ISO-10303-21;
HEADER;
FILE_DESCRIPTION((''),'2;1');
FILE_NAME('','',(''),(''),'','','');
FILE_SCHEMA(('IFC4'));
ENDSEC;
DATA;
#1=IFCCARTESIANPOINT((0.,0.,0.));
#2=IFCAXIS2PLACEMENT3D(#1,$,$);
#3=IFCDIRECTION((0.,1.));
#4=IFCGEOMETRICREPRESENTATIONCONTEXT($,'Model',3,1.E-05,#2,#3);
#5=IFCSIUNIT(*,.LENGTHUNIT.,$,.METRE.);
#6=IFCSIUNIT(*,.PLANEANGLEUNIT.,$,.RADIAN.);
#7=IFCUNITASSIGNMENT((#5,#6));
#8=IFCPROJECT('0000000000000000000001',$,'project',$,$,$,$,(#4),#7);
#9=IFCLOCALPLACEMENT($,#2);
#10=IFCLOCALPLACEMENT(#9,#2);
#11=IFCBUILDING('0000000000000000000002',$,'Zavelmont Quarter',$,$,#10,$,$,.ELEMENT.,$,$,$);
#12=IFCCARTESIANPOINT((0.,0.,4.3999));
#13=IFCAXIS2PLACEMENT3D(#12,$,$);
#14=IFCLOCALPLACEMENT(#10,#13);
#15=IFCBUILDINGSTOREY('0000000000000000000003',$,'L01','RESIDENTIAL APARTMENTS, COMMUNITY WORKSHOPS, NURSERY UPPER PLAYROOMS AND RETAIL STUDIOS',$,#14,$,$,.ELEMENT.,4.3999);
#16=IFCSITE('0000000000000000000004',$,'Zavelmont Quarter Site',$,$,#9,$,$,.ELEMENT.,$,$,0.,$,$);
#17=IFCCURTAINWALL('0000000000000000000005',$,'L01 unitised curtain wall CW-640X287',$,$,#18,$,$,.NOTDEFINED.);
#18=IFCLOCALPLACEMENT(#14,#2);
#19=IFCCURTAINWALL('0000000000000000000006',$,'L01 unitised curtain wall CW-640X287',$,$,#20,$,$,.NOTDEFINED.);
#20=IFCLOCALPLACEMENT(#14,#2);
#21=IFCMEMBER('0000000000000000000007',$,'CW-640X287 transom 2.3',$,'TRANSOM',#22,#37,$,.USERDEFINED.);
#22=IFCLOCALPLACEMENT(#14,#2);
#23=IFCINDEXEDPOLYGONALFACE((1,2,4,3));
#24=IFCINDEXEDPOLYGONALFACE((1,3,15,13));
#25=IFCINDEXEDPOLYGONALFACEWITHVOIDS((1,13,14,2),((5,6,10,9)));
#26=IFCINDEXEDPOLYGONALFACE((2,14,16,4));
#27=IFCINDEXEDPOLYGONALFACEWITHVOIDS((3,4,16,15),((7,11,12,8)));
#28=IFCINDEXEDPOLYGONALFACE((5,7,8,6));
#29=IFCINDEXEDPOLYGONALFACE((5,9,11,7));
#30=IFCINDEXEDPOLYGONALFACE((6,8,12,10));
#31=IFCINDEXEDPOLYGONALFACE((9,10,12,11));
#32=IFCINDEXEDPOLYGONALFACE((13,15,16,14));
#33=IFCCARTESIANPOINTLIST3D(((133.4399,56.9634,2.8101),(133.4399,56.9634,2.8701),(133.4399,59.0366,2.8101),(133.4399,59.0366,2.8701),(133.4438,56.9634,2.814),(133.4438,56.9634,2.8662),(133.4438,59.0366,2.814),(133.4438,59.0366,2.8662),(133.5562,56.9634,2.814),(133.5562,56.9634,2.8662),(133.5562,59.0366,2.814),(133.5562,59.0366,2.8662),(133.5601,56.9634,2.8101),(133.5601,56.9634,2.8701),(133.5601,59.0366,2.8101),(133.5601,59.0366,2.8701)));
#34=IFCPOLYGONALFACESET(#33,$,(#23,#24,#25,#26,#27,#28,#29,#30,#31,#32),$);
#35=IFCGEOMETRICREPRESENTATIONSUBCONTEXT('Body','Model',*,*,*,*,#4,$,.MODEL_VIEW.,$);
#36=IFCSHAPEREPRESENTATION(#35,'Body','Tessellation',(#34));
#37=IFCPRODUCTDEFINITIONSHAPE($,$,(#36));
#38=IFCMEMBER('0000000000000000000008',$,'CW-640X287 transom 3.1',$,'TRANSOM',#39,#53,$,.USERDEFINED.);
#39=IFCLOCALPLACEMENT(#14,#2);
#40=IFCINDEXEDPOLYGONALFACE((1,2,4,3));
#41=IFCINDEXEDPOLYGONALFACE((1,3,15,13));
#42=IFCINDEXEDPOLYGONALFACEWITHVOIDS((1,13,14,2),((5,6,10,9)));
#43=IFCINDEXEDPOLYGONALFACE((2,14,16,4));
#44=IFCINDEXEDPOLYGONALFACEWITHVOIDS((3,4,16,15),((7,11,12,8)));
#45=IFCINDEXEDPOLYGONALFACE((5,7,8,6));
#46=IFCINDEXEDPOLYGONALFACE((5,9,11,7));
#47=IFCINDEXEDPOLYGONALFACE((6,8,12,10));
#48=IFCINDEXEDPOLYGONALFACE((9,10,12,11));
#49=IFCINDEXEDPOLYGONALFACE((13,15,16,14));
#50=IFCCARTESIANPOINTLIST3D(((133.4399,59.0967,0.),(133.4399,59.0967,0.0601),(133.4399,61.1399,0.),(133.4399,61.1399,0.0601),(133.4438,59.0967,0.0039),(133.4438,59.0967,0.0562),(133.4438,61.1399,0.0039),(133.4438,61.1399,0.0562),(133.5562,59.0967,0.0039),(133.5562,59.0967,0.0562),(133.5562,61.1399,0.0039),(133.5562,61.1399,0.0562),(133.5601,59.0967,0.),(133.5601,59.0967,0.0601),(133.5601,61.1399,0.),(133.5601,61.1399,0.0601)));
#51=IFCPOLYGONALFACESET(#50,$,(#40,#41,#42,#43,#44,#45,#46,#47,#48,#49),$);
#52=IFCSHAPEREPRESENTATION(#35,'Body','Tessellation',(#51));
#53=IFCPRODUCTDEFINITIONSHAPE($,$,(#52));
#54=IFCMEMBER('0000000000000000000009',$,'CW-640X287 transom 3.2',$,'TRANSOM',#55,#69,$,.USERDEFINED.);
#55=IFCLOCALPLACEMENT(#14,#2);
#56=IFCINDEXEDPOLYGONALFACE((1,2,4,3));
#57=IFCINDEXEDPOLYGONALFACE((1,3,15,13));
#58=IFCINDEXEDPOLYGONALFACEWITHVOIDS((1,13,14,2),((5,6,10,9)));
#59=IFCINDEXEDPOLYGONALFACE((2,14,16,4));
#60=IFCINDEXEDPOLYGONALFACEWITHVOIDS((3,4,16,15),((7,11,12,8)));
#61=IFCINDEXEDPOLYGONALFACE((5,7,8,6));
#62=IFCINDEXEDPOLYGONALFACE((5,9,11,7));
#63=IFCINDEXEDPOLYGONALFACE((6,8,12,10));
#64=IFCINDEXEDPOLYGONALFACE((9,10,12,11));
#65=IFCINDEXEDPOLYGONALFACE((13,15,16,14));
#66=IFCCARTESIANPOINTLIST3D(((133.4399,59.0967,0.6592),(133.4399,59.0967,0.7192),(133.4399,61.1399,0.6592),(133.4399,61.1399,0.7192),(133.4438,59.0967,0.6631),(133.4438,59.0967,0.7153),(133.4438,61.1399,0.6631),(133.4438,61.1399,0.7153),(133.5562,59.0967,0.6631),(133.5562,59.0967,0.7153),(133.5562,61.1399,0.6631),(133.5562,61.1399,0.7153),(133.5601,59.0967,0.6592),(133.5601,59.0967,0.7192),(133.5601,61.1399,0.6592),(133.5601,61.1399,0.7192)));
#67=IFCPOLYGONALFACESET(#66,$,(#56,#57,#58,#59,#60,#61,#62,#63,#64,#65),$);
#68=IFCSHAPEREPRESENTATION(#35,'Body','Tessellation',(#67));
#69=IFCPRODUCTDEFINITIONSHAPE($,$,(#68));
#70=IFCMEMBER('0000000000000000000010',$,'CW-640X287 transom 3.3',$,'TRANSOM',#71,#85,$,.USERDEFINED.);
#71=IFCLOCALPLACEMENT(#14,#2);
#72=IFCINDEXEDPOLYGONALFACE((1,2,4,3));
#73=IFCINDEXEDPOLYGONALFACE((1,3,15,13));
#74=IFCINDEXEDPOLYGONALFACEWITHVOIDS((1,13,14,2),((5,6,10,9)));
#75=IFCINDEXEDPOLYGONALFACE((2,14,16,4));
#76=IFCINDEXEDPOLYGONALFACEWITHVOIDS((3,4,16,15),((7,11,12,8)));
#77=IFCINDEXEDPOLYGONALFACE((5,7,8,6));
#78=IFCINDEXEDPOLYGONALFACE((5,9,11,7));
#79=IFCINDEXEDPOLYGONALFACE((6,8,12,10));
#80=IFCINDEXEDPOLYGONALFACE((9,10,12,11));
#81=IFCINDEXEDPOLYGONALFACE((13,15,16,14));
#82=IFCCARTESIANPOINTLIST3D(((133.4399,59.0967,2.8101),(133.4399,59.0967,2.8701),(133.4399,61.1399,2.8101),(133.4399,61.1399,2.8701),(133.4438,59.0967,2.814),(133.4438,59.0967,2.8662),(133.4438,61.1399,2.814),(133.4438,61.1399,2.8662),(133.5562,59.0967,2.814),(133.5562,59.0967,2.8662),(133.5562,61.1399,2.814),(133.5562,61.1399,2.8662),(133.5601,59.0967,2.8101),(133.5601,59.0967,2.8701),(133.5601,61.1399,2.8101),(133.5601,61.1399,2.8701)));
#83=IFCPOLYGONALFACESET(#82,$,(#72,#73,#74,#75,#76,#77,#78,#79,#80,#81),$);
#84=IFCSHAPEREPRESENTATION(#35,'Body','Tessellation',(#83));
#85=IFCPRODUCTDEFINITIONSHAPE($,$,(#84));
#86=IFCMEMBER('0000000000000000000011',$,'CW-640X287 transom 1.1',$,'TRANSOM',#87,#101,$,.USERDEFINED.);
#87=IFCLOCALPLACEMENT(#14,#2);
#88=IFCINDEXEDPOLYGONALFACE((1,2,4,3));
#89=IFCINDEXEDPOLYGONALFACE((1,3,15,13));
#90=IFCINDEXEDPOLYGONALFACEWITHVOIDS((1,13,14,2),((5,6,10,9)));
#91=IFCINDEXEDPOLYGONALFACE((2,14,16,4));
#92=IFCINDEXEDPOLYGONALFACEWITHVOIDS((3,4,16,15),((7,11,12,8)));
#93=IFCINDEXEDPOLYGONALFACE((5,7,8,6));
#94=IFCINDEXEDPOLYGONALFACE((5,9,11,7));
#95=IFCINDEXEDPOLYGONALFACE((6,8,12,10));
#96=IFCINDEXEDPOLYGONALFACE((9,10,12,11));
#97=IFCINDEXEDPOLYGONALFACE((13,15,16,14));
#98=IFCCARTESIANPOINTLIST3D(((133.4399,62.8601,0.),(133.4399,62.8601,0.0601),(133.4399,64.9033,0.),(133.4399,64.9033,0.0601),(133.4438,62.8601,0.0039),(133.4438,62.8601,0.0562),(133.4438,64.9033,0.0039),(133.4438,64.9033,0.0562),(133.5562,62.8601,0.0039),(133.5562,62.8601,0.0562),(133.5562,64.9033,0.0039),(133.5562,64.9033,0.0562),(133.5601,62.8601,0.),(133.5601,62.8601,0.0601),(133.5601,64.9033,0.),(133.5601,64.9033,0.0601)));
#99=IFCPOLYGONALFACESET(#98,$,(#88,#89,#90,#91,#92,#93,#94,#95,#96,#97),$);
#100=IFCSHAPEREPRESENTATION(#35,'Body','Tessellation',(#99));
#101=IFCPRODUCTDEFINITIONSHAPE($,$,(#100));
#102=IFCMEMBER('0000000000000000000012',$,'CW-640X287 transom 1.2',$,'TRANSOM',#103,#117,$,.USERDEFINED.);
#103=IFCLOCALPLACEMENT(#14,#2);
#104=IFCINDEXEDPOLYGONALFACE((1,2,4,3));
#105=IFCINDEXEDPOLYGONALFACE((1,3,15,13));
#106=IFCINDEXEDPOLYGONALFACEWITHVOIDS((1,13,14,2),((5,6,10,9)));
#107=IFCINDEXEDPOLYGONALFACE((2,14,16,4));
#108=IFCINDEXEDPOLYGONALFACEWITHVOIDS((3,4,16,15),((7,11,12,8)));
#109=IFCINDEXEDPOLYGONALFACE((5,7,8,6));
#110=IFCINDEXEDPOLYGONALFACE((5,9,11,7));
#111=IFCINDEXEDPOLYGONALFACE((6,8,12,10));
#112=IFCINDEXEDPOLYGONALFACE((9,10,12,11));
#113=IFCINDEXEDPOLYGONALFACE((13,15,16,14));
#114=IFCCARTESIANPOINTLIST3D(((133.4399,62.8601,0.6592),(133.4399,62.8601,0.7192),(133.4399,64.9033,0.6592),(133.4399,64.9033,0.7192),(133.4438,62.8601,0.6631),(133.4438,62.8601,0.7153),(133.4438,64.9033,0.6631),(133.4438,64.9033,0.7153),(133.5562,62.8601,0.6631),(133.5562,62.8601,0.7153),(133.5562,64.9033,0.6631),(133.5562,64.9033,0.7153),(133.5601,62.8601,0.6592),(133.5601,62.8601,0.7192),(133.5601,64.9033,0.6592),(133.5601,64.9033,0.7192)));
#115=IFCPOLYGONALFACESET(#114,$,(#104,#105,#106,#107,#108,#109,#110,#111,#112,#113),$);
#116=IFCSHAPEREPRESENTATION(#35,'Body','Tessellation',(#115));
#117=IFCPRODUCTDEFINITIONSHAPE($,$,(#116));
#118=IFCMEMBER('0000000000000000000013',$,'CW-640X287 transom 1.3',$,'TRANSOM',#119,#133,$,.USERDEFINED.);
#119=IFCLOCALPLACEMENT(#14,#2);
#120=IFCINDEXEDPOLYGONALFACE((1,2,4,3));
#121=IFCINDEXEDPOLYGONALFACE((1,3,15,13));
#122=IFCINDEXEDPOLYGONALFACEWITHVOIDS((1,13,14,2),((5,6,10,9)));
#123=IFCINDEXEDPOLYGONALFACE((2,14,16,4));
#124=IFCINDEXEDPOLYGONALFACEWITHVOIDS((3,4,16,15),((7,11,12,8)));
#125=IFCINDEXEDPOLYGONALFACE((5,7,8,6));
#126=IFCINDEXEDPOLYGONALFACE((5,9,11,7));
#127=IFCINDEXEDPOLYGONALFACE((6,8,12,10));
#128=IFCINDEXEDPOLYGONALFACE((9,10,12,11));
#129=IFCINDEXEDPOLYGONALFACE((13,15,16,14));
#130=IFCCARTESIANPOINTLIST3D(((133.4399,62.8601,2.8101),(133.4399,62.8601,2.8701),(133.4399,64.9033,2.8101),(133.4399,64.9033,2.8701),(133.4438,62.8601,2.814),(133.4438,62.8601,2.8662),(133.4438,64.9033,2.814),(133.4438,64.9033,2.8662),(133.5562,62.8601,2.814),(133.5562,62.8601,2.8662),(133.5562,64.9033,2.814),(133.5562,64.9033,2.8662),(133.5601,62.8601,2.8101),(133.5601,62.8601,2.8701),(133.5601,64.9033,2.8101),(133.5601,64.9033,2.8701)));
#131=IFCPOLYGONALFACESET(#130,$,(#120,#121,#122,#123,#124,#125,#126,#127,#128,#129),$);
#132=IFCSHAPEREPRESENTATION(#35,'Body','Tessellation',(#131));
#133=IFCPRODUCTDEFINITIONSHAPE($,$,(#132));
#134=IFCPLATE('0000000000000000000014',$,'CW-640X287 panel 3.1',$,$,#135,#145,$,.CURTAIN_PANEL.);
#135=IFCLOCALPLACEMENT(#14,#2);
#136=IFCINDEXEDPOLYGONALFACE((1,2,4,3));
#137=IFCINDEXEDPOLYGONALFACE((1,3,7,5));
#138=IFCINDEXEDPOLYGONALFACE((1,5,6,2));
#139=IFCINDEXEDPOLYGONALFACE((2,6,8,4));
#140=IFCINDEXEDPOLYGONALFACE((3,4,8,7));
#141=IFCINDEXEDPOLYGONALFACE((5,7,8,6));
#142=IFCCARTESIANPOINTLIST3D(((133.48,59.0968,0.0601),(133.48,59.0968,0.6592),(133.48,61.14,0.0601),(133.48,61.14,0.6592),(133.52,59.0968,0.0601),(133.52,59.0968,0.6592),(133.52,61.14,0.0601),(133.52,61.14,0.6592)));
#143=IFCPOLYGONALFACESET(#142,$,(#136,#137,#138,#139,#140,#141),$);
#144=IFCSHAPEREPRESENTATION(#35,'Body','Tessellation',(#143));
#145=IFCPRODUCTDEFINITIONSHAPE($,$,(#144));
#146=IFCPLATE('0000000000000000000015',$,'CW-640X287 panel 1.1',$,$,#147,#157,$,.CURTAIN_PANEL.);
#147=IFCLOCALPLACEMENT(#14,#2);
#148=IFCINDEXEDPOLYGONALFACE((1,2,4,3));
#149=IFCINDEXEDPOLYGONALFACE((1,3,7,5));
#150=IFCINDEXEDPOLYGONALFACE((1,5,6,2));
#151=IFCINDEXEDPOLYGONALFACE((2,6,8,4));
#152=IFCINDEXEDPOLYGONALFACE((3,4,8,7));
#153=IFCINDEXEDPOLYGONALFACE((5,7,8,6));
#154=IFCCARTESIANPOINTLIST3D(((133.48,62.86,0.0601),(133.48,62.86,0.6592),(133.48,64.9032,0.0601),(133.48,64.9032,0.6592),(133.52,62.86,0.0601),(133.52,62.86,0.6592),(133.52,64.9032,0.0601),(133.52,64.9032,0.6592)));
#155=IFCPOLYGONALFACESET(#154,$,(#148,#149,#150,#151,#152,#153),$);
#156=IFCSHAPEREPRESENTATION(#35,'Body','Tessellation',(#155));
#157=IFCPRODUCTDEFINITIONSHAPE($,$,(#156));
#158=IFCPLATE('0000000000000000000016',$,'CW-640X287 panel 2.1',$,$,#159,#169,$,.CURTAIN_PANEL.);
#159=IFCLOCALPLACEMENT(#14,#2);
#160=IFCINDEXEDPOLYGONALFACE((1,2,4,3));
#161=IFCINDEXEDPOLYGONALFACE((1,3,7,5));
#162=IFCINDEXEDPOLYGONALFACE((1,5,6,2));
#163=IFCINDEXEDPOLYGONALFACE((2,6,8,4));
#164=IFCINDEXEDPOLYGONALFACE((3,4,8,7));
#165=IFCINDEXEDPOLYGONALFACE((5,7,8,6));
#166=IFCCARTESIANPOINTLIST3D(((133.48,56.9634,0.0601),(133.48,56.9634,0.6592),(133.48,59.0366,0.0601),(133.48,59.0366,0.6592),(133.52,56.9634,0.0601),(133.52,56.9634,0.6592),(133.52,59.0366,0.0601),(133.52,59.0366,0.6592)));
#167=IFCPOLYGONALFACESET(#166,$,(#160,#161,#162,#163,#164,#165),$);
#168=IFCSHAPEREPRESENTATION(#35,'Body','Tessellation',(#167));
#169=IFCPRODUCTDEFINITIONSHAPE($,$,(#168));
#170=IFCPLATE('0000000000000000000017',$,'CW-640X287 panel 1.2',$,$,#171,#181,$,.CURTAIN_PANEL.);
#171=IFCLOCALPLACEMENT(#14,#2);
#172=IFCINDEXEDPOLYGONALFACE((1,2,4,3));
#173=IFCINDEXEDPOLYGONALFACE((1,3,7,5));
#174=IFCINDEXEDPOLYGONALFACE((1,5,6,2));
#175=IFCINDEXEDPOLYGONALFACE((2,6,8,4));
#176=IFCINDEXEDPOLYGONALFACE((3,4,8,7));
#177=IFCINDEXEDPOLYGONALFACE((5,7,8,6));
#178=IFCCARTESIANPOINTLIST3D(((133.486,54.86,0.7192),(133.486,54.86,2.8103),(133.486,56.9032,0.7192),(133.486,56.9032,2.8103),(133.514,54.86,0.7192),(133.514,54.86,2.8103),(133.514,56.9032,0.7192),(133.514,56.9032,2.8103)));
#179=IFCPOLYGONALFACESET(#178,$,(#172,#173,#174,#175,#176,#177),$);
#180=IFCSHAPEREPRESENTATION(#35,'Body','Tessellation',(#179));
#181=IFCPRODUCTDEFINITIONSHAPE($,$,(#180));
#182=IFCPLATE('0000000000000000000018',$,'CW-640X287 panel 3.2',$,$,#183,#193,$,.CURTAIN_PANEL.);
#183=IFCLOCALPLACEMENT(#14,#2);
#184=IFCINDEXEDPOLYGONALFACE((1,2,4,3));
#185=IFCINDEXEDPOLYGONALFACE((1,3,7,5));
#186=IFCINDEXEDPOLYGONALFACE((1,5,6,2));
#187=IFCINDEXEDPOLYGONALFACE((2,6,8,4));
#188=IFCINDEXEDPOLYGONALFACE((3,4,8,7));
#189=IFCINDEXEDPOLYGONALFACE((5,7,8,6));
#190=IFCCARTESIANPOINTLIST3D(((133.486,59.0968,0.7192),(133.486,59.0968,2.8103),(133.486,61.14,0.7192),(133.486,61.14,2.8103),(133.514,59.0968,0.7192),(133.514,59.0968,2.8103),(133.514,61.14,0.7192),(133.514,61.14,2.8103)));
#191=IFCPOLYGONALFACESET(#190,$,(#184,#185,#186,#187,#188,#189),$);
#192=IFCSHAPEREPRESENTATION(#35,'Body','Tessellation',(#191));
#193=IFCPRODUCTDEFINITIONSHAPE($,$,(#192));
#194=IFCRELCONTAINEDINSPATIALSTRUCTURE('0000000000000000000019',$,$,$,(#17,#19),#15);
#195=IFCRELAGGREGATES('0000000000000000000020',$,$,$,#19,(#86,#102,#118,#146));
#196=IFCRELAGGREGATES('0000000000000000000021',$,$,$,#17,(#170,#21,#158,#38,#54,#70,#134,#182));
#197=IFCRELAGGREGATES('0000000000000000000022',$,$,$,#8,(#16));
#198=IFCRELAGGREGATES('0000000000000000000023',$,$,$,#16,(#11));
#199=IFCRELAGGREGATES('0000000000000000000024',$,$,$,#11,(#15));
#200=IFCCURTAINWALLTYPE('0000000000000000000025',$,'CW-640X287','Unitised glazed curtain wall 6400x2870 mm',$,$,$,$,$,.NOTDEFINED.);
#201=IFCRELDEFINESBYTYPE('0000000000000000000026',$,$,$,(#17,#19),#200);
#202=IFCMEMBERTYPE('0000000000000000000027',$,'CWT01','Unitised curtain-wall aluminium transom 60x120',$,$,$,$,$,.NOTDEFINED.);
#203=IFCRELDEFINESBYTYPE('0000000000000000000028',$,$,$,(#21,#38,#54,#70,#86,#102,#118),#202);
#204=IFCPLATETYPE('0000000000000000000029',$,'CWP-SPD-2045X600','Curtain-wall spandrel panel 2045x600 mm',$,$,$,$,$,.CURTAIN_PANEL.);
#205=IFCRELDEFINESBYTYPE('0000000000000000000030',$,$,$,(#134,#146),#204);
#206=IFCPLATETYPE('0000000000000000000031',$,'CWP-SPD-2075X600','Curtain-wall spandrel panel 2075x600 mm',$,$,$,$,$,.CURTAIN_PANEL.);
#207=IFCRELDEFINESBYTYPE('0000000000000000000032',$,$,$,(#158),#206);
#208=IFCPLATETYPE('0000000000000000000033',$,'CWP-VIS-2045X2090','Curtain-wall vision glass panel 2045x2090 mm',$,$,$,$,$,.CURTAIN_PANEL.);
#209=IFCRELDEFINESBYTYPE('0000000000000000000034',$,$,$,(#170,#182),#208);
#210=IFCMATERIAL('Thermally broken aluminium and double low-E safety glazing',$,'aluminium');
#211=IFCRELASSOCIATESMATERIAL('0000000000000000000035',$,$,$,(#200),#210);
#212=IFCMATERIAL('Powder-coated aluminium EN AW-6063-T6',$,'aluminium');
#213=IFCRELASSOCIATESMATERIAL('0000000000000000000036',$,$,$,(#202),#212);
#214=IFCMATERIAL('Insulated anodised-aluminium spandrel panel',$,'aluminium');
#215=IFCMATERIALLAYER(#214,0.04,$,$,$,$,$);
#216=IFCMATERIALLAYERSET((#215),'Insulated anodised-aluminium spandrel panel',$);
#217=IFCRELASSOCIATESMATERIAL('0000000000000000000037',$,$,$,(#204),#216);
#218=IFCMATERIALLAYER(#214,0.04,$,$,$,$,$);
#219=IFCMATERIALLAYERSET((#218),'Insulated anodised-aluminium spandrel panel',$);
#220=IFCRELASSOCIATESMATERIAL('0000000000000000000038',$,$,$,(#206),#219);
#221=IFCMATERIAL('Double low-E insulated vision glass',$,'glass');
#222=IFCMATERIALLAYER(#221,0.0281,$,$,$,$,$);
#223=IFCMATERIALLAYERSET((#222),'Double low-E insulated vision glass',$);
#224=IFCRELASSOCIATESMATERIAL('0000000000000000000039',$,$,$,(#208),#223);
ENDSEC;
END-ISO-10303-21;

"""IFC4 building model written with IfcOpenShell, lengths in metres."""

from ifc_helpers import new_model, si_unit, direction, frame, origin, origin_2d, place, context, subcontext, project, spatial, rectangle, hollow_rectangle, extrude, material, layer, layer_set, material_profile, profile_set, type_object, element, aggregate, save


model = new_model("IFC4")

# Units and contexts
model_context = context("Model", 3, precision=1e-05, world=origin(), true_north=direction((0.0, 1.0)))
body_context = subcontext(model_context, "Body", "Model", "MODEL_VIEW")
ifc_project = project(units=[si_unit("LENGTHUNIT", "METRE"), si_unit("PLANEANGLEUNIT", "RADIAN")], contexts=[model_context])

# Site, building, storey
site_placement = place(None, origin())
site = spatial("IfcSite", under=ifc_project, at=site_placement, Name="Zavelmont Quarter Site", CompositionType="ELEMENT", RefElevation=0.0)
building_placement = place(site_placement, origin())
building = spatial("IfcBuilding", under=site, at=building_placement, Name="Zavelmont Quarter", CompositionType="ELEMENT")
storey_placement = place(building_placement, frame((0.0, 0.0, 4.3999)))
storey = spatial("IfcBuildingStorey", under=building, at=storey_placement, Name="L01", Description="RESIDENTIAL APARTMENTS, COMMUNITY WORKSHOPS, NURSERY UPPER PLAYROOMS AND RETAIL STUDIOS", CompositionType="ELEMENT", Elevation=4.3999)

# Curtain wall
ifc_material_1 = material(Name="Thermally broken aluminium and double low-E safety glazing", Category="aluminium")
curtain_wall_type = type_object("IfcCurtainWallType", Name="CW-640X287", Description="Unitised glazed curtain wall 6400x2870 mm", PredefinedType="NOTDEFINED", material=ifc_material_1)
curtain_wall_1_placement = place(storey_placement, origin())
curtain_wall_1 = element("IfcCurtainWall", 1, at=curtain_wall_1_placement, inside=storey, type_object=curtain_wall_type, Name="L01 unitised curtain wall CW-640X287", PredefinedType="NOTDEFINED")
ifc_material_2 = material(Name="Powder-coated aluminium EN AW-6063-T6", Category="aluminium")

# Curtain wall
curtain_wall_2_placement = place(storey_placement, origin())
curtain_wall_2 = element("IfcCurtainWall", 2, at=curtain_wall_2_placement, inside=storey, type_object=curtain_wall_type, Name="L01 unitised curtain wall CW-640X287", PredefinedType="NOTDEFINED")

# Members
ifc_material_profile_1 = material_profile(ifc_material_2, hollow_rectangle(XDim=0.1201, YDim=0.0601, WallThickness=0.0039, at=origin_2d()), Name="CWT60X120")
ifc_profile_set_1 = profile_set([ifc_material_profile_1], Name="Powder-coated aluminium EN AW-6063-T6")
member_type_1 = type_object("IfcMemberType", Name="CWT01", Description="Unitised curtain-wall aluminium transom 60x120", PredefinedType="NOTDEFINED", material=ifc_profile_set_1)
member_1_placement = place(storey_placement, frame((133.5, 56.9634, 2.8401), z_axis=(0.0, 1.0, 0.0), x_axis=(-1.0, 0.0, 0.0)))
member_1 = element("IfcMember", 3, at=member_1_placement, type_object=member_type_1, Name="CW-640X287 transom 2.3", ObjectType="TRANSOM", PredefinedType="USERDEFINED", context=body_context, shape_type="SweptSolid", body=[
    extrude(hollow_rectangle(XDim=0.1201, YDim=0.0601, WallThickness=0.0039, at=origin_2d()), origin(), (0.0, 0.0, 1.0), 2.0732),
])
member_2_placement = place(storey_placement, frame((133.5, 59.0967, 0.03), z_axis=(0.0, 1.0, 0.0), x_axis=(-1.0, 0.0, 0.0)))
member_2 = element("IfcMember", 4, at=member_2_placement, type_object=member_type_1, Name="CW-640X287 transom 3.1", ObjectType="TRANSOM", PredefinedType="USERDEFINED", context=body_context, shape_type="SweptSolid", body=[
    extrude(hollow_rectangle(XDim=0.1201, YDim=0.0601, WallThickness=0.0039, at=origin_2d()), origin(), (0.0, 0.0, 1.0), 2.0432),
])
member_3_placement = place(storey_placement, frame((133.5, 59.0967, 0.6892), z_axis=(0.0, 1.0, 0.0), x_axis=(-1.0, 0.0, 0.0)))
member_3 = element("IfcMember", 5, at=member_3_placement, type_object=member_type_1, Name="CW-640X287 transom 3.2", ObjectType="TRANSOM", PredefinedType="USERDEFINED", context=body_context, shape_type="SweptSolid", body=[
    extrude(hollow_rectangle(XDim=0.1201, YDim=0.0601, WallThickness=0.0039, at=origin_2d()), origin(), (0.0, 0.0, 1.0), 2.0432),
])
member_4_placement = place(storey_placement, frame((133.5, 59.0967, 2.8401), z_axis=(0.0, 1.0, 0.0), x_axis=(-1.0, 0.0, 0.0)))
member_4 = element("IfcMember", 6, at=member_4_placement, type_object=member_type_1, Name="CW-640X287 transom 3.3", ObjectType="TRANSOM", PredefinedType="USERDEFINED", context=body_context, shape_type="SweptSolid", body=[
    extrude(hollow_rectangle(XDim=0.1201, YDim=0.0601, WallThickness=0.0039, at=origin_2d()), origin(), (0.0, 0.0, 1.0), 2.0432),
])
member_5_placement = place(storey_placement, frame((133.5, 62.8601, 0.03), z_axis=(0.0, 1.0, 0.0), x_axis=(-1.0, 0.0, 0.0)))
member_5 = element("IfcMember", 7, at=member_5_placement, type_object=member_type_1, Name="CW-640X287 transom 1.1", ObjectType="TRANSOM", PredefinedType="USERDEFINED", context=body_context, shape_type="SweptSolid", body=[
    extrude(hollow_rectangle(XDim=0.1201, YDim=0.0601, WallThickness=0.0039, at=origin_2d()), origin(), (0.0, 0.0, 1.0), 2.0432),
])
member_6_placement = place(storey_placement, frame((133.5, 62.8601, 0.6892), z_axis=(0.0, 1.0, 0.0), x_axis=(-1.0, 0.0, 0.0)))
member_6 = element("IfcMember", 8, at=member_6_placement, type_object=member_type_1, Name="CW-640X287 transom 1.2", ObjectType="TRANSOM", PredefinedType="USERDEFINED", context=body_context, shape_type="SweptSolid", body=[
    extrude(hollow_rectangle(XDim=0.1201, YDim=0.0601, WallThickness=0.0039, at=origin_2d()), origin(), (0.0, 0.0, 1.0), 2.0432),
])
member_7_placement = place(storey_placement, frame((133.5, 62.8601, 2.8401), z_axis=(0.0, 1.0, 0.0), x_axis=(-1.0, 0.0, 0.0)))
member_7 = element("IfcMember", 9, at=member_7_placement, type_object=member_type_1, Name="CW-640X287 transom 1.3", ObjectType="TRANSOM", PredefinedType="USERDEFINED", context=body_context, shape_type="SweptSolid", body=[
    extrude(hollow_rectangle(XDim=0.1201, YDim=0.0601, WallThickness=0.0039, at=origin_2d()), origin(), (0.0, 0.0, 1.0), 2.0432),
])

# Plates
ifc_material_3 = material(Name="Insulated anodised-aluminium spandrel panel", Category="aluminium")
ifc_layer_1 = layer(ifc_material_3, 0.04)
ifc_layer_set_1 = layer_set([ifc_layer_1], Name="Insulated anodised-aluminium spandrel panel")
plate_type_1 = type_object("IfcPlateType", Name="CWP-SPD-2045X600", Description="Curtain-wall spandrel panel 2045x600 mm", PredefinedType="CURTAIN_PANEL", material=ifc_layer_set_1)
plate_1_placement = place(storey_placement, frame((133.5, 60.1184, 0.0601), z_axis=(0.0, 0.0, 1.0), x_axis=(0.0, 1.0, 0.0)))
plate_1 = element("IfcPlate", 10, at=plate_1_placement, type_object=plate_type_1, Name="CW-640X287 panel 3.1", PredefinedType="CURTAIN_PANEL", context=body_context, shape_type="SweptSolid", body=[
    extrude(rectangle(XDim=2.0432, YDim=0.04, at=origin_2d()), origin(), (0.0, 0.0, 1.0), 0.5991),
])
plate_2_placement = place(storey_placement, frame((133.5, 63.8816, 0.0601), z_axis=(0.0, 0.0, 1.0), x_axis=(0.0, 1.0, 0.0)))
plate_2 = element("IfcPlate", 11, at=plate_2_placement, type_object=plate_type_1, Name="CW-640X287 panel 1.1", PredefinedType="CURTAIN_PANEL", context=body_context, shape_type="SweptSolid", body=[
    extrude(rectangle(XDim=2.0432, YDim=0.04, at=origin_2d()), origin(), (0.0, 0.0, 1.0), 0.5991),
])
aggregate(curtain_wall_2, [member_5, member_6, member_7, plate_2])
ifc_layer_2 = layer(ifc_material_3, 0.04)
ifc_layer_set_2 = layer_set([ifc_layer_2], Name="Insulated anodised-aluminium spandrel panel")
plate_type_2 = type_object("IfcPlateType", Name="CWP-SPD-2075X600", Description="Curtain-wall spandrel panel 2075x600 mm", PredefinedType="CURTAIN_PANEL", material=ifc_layer_set_2)
plate_3_placement = place(storey_placement, frame((133.5, 58.0, 0.0601), z_axis=(0.0, 0.0, 1.0), x_axis=(0.0, 1.0, 0.0)))
plate_3 = element("IfcPlate", 12, at=plate_3_placement, type_object=plate_type_2, Name="CW-640X287 panel 2.1", PredefinedType="CURTAIN_PANEL", context=body_context, shape_type="SweptSolid", body=[
    extrude(rectangle(XDim=2.0732, YDim=0.04, at=origin_2d()), origin(), (0.0, 0.0, 1.0), 0.5991),
])
ifc_material_4 = material(Name="Double low-E insulated vision glass", Category="glass")
ifc_layer_3 = layer(ifc_material_4, 0.0281)
ifc_layer_set_3 = layer_set([ifc_layer_3], Name="Double low-E insulated vision glass")
plate_type_3 = type_object("IfcPlateType", Name="CWP-VIS-2045X2090", Description="Curtain-wall vision glass panel 2045x2090 mm", PredefinedType="CURTAIN_PANEL", material=ifc_layer_set_3)
plate_4_placement = place(storey_placement, frame((133.5, 55.8816, 0.7192), z_axis=(0.0, 0.0, 1.0), x_axis=(0.0, 1.0, 0.0)))
plate_4 = element("IfcPlate", 13, at=plate_4_placement, type_object=plate_type_3, Name="CW-640X287 panel 1.2", PredefinedType="CURTAIN_PANEL", context=body_context, shape_type="SweptSolid", body=[
    extrude(rectangle(XDim=2.0432, YDim=0.0281, at=origin_2d()), origin(), (0.0, 0.0, 1.0), 2.0911),
])
plate_5_placement = place(storey_placement, frame((133.5, 60.1184, 0.7192), z_axis=(0.0, 0.0, 1.0), x_axis=(0.0, 1.0, 0.0)))
plate_5 = element("IfcPlate", 14, at=plate_5_placement, type_object=plate_type_3, Name="CW-640X287 panel 3.2", PredefinedType="CURTAIN_PANEL", context=body_context, shape_type="SweptSolid", body=[
    extrude(rectangle(XDim=2.0432, YDim=0.0281, at=origin_2d()), origin(), (0.0, 0.0, 1.0), 2.0911),
])
aggregate(curtain_wall_1, [plate_4, member_1, plate_3, member_2, member_3, member_4, plate_1, plate_5])

save(model, "model.ifc")
